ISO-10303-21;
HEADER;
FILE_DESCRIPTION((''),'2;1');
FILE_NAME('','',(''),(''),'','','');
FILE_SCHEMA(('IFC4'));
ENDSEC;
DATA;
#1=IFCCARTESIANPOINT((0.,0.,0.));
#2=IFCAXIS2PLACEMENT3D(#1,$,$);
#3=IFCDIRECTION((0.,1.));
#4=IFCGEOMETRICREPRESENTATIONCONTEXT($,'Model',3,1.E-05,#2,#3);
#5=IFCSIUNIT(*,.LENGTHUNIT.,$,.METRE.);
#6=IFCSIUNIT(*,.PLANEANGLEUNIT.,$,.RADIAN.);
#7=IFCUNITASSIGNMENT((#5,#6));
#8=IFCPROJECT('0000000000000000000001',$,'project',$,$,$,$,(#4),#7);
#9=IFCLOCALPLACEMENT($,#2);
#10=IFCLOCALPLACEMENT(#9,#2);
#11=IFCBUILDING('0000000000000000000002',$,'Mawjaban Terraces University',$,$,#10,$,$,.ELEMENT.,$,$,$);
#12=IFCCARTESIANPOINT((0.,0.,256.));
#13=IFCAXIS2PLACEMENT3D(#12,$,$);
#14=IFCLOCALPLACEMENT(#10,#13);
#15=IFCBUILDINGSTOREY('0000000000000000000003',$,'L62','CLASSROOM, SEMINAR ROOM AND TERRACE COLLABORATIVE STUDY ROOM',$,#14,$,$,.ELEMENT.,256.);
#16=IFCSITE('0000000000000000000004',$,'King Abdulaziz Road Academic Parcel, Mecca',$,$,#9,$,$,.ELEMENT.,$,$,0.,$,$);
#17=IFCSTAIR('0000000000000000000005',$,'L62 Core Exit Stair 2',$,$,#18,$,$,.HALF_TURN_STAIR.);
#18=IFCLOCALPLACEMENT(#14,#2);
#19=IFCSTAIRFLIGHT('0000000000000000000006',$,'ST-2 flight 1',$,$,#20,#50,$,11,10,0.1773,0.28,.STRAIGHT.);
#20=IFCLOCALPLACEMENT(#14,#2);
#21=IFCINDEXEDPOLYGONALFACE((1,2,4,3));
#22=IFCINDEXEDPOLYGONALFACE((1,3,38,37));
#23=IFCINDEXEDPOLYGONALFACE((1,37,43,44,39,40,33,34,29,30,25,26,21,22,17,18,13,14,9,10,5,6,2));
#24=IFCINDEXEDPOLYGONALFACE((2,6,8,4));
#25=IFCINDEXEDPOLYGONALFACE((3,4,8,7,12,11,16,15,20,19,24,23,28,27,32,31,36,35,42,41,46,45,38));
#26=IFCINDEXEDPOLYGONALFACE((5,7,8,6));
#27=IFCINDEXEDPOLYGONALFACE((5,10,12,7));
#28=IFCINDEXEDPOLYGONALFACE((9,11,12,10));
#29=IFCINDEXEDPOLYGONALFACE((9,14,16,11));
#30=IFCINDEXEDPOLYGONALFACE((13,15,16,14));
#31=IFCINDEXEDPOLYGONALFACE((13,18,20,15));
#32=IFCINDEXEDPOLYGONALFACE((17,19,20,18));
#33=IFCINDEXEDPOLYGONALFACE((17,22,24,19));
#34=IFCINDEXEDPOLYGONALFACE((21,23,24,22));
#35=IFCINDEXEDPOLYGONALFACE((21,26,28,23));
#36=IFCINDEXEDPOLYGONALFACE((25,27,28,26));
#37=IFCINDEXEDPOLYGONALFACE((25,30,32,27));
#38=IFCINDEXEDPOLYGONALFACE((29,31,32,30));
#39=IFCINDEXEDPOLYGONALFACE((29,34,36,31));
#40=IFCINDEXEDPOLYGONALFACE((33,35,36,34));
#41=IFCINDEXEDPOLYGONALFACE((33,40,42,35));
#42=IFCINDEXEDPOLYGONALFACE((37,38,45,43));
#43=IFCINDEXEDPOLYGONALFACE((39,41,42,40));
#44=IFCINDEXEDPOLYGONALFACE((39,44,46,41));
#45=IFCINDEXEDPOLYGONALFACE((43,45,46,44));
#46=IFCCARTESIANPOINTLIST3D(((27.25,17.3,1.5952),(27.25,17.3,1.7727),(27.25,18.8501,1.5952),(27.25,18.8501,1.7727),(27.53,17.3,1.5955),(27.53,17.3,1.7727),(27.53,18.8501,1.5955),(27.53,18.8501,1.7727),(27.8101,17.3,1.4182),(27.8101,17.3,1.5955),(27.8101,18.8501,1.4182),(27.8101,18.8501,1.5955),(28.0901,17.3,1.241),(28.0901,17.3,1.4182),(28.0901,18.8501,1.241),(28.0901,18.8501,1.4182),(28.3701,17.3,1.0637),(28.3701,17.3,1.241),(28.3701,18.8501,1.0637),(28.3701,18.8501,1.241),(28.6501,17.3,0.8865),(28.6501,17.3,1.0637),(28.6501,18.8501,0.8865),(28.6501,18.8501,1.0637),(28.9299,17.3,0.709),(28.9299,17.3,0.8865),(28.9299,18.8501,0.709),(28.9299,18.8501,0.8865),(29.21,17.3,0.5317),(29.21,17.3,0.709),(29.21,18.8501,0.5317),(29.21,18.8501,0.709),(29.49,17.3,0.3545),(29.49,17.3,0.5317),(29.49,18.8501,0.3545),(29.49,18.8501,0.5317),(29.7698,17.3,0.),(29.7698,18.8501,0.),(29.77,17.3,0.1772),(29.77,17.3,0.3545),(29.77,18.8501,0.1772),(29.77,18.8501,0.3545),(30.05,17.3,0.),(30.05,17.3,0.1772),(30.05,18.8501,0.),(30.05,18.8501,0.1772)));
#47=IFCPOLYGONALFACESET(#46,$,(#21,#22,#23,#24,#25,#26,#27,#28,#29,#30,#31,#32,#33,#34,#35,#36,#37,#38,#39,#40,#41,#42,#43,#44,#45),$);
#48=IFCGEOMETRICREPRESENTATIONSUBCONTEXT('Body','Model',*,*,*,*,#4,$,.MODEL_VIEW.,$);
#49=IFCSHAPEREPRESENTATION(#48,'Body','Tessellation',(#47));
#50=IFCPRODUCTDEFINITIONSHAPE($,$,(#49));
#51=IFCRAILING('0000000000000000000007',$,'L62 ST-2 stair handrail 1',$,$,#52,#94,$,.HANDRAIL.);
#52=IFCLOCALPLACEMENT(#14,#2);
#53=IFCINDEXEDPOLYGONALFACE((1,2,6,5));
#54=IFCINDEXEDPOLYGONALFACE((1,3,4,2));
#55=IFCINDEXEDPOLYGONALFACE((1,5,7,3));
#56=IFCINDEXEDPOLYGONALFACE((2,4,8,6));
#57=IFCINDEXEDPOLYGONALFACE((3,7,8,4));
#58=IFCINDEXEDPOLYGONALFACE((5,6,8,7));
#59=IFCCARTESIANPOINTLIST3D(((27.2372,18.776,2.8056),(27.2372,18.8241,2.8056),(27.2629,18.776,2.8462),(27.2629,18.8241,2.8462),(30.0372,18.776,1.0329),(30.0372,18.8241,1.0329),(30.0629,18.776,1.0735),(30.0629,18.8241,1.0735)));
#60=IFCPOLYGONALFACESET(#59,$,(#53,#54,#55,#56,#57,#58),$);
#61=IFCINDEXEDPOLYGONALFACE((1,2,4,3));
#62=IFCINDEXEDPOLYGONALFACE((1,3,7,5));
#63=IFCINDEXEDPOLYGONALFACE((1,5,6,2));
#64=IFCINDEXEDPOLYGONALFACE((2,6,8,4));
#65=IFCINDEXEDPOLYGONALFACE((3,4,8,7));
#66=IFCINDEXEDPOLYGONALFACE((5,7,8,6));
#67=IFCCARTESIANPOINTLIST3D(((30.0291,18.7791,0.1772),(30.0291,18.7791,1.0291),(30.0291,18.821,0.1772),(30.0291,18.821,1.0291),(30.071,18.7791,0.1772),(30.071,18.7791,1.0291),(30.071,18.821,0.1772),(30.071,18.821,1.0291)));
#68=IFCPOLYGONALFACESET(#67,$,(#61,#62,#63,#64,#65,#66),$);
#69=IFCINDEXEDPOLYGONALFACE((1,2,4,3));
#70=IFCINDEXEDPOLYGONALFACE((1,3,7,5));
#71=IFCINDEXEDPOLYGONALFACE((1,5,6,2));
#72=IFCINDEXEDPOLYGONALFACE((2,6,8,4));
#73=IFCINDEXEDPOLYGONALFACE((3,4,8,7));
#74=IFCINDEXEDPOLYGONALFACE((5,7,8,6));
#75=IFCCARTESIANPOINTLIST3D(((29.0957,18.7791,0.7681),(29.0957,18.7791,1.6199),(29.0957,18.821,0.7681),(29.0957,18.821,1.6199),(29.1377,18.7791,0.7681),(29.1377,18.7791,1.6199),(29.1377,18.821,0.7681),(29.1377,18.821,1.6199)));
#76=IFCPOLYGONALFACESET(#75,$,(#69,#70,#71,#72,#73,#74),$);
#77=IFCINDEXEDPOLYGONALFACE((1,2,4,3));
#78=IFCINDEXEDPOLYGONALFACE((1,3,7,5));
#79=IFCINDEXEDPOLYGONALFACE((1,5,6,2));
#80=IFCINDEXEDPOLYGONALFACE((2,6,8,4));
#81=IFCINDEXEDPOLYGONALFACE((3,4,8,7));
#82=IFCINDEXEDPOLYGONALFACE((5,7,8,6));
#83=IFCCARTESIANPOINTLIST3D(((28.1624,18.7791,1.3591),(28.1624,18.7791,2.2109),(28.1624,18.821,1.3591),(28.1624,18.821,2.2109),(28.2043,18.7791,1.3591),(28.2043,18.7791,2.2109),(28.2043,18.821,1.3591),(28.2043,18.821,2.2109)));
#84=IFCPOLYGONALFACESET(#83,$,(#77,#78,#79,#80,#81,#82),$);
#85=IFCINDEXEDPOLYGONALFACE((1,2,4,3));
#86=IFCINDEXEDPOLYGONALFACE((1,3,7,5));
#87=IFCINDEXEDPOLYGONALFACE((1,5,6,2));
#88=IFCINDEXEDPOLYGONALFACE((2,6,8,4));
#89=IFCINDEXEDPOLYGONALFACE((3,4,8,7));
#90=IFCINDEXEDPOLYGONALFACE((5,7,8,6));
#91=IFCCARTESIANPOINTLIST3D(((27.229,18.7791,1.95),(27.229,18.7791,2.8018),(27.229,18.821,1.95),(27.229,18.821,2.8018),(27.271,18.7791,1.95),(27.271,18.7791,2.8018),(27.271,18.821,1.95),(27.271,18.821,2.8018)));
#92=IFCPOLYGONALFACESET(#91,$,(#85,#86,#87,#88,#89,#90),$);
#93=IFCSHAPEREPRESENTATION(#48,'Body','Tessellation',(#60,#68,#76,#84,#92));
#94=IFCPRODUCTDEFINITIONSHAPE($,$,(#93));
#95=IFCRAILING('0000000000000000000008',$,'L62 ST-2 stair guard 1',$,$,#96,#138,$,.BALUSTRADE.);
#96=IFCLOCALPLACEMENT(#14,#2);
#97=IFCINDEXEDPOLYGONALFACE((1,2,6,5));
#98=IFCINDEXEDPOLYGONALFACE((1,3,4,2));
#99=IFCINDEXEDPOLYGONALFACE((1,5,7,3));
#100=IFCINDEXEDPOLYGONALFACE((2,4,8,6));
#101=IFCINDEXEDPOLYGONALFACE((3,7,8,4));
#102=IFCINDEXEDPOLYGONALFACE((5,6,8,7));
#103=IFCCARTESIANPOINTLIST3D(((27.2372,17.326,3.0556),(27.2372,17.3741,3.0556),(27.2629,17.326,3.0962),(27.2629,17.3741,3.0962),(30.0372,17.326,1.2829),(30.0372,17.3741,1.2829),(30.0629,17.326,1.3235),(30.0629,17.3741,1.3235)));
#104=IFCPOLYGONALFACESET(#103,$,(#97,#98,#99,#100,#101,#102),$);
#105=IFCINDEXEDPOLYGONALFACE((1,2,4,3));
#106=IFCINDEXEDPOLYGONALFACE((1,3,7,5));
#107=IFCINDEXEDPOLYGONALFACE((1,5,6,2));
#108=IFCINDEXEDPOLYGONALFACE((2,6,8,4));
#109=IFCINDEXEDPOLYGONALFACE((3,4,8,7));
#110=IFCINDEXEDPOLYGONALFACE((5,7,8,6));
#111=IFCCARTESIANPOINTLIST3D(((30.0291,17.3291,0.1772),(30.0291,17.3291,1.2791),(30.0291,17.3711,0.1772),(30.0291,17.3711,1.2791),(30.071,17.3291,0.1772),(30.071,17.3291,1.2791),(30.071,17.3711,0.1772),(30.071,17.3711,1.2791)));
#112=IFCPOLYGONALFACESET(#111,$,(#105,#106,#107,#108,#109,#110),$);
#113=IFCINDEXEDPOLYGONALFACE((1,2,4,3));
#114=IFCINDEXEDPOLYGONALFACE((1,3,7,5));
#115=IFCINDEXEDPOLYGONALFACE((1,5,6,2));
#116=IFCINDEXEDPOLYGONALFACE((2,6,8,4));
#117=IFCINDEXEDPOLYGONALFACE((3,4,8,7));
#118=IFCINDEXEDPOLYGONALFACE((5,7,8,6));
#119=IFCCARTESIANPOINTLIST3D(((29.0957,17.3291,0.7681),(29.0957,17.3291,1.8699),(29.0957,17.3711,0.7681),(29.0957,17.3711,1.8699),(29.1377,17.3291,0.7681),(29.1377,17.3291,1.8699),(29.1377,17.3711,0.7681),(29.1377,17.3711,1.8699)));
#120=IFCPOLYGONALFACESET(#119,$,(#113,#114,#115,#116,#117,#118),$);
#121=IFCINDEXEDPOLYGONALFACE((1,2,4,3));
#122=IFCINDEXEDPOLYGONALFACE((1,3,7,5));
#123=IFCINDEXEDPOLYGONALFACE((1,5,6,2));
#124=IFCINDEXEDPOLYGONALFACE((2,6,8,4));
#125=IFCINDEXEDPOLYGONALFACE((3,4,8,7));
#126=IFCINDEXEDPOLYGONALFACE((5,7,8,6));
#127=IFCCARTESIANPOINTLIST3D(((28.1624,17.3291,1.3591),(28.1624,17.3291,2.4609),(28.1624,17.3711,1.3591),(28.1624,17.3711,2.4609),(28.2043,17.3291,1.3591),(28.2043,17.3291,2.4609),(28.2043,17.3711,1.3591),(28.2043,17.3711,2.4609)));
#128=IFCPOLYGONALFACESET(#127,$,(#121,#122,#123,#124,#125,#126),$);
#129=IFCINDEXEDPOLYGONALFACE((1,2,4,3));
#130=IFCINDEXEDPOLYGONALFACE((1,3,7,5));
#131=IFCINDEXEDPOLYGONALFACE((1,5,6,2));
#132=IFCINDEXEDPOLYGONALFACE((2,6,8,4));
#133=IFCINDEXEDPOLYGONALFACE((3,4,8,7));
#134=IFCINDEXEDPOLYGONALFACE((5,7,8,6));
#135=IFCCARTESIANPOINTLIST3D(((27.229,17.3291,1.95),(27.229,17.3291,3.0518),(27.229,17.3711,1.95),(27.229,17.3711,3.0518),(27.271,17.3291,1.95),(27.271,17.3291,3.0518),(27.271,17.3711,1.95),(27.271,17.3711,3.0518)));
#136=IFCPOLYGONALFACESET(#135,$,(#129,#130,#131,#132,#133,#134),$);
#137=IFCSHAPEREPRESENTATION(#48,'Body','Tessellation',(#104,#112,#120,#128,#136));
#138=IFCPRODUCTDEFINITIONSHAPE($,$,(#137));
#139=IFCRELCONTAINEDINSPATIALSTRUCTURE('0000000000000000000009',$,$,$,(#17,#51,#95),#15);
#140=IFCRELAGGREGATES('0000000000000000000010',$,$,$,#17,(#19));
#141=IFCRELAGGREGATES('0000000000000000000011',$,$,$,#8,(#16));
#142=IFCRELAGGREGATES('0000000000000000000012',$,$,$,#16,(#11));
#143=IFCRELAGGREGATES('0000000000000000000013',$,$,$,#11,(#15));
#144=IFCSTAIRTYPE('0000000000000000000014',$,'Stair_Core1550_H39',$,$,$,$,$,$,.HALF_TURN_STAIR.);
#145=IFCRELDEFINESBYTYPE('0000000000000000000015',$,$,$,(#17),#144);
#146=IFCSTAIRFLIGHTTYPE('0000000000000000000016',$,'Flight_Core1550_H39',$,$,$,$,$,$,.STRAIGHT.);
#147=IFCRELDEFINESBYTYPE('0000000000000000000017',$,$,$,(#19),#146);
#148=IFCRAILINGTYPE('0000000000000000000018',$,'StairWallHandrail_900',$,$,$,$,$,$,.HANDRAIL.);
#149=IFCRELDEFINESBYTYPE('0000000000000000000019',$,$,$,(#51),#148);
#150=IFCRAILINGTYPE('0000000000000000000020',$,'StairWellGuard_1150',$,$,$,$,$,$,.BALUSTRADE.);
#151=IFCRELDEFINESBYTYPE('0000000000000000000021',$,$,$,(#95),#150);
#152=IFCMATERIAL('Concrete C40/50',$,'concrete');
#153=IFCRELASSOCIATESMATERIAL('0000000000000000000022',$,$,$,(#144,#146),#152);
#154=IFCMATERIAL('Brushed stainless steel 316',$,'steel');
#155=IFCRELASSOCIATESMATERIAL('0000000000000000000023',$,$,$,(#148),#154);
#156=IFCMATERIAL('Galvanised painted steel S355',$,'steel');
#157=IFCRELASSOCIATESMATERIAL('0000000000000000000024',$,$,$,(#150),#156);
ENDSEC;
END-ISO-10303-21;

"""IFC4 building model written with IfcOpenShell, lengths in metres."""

from ifc_helpers import new_model, si_unit, direction, frame, origin, origin_2d, place, context, subcontext, project, spatial, polyline, rectangle, outline, extrude, material, type_object, element, aggregate, save


model = new_model("IFC4")

# Units and contexts
model_context = context("Model", 3, precision=1e-05, world=origin(), true_north=direction((0.0, 1.0)))
body_context = subcontext(model_context, "Body", "Model", "MODEL_VIEW")
ifc_project = project(units=[si_unit("LENGTHUNIT", "METRE"), si_unit("PLANEANGLEUNIT", "RADIAN")], contexts=[model_context])

# Site, building, storey
site_placement = place(None, origin())
site = spatial("IfcSite", under=ifc_project, at=site_placement, Name="King Abdulaziz Road Academic Parcel, Mecca", CompositionType="ELEMENT", RefElevation=0.0)
building_placement = place(site_placement, origin())
building = spatial("IfcBuilding", under=site, at=building_placement, Name="Mawjaban Terraces University", CompositionType="ELEMENT")
storey_placement = place(building_placement, frame((0.0, 0.0, 256.0)))
storey = spatial("IfcBuildingStorey", under=building, at=storey_placement, Name="L62", Description="CLASSROOM, SEMINAR ROOM AND TERRACE COLLABORATIVE STUDY ROOM", CompositionType="ELEMENT", Elevation=256.0)

# Shared definitions
ifc_material_1 = material(Name="Concrete C40/50", Category="concrete")

# Stair, stair flight
stair_type = type_object("IfcStairType", Name="Stair_Core1550_H39", PredefinedType="HALF_TURN_STAIR", material=ifc_material_1)
stair_placement = place(storey_placement, origin())
stair = element("IfcStair", 1, at=stair_placement, inside=storey, type_object=stair_type, Name="L62 Core Exit Stair 2", PredefinedType="HALF_TURN_STAIR")
stair_flight_type = type_object("IfcStairFlightType", Name="Flight_Core1550_H39", PredefinedType="STRAIGHT", material=ifc_material_1)
stair_flight_placement = place(storey_placement, frame((30.05, 18.075, 0.0), z_axis=(0.0, 0.0, 1.0), x_axis=(-1.0, 0.0, 0.0)))
stair_flight = element("IfcStairFlight", 2, at=stair_flight_placement, type_object=stair_flight_type, Name="ST-2 flight 1", NumberOfRisers=11, NumberOfTreads=10, PredefinedType="STRAIGHT", RiserHeight=0.1773, TreadLength=0.28, context=body_context, shape_type="SweptSolid", body=[
    extrude(outline(polyline([(0.0, 0.0), (0.0, 0.1772), (0.28, 0.1772), (0.28, 0.3545), (0.5601, 0.3545), (0.5601, 0.5317), (0.8401, 0.5317), (0.8401, 0.709), (1.1201, 0.709), (1.1201, 0.8865), (1.3999, 0.8865), (1.3999, 1.0637), (1.6799, 1.0637), (1.6799, 1.241), (1.96, 1.241), (1.96, 1.4182), (2.24, 1.4182), (2.24, 1.5955), (2.52, 1.5955), (2.52, 1.7727), (2.8, 1.7727), (2.8, 1.95), (2.8, 1.5952), (0.2803, 0.0), (0.0, 0.0)])), frame((0.0, 0.7749, 0.0), z_axis=(0.0, -1.0, 0.0), x_axis=(1.0, 0.0, 0.0)), (0.0, 0.0, 1.0), 1.55),
])
aggregate(stair, [stair_flight])

# Railings
ifc_material_2 = material(Name="Brushed stainless steel 316", Category="steel")
railing_type_1 = type_object("IfcRailingType", Name="StairWallHandrail_900", PredefinedType="HANDRAIL", material=ifc_material_2)
railing_1_placement = place(storey_placement, frame((30.05, 18.8, 0.1772)))
element("IfcRailing", 3, at=railing_1_placement, inside=storey, type_object=railing_type_1, Name="L62 ST-2 stair handrail 1", PredefinedType="HANDRAIL", context=body_context, shape_type="SweptSolid", body=[
    extrude(rectangle(XDim=0.0481, YDim=0.0481, at=origin_2d()), frame((0.0, 0.0, 0.876), z_axis=(-0.844909, 0.0, 0.53491), x_axis=(0.0, -1.0, 0.0)), (0.0, 0.0, 1.0), 3.314),
    extrude(rectangle(XDim=0.042, YDim=0.042, at=origin_2d()), origin(), (0.0, 0.0, 1.0), 0.8518),
    extrude(rectangle(XDim=0.042, YDim=0.042, at=origin_2d()), frame((-0.9333, 0.0, 0.5908)), (0.0, 0.0, 1.0), 0.8518),
    extrude(rectangle(XDim=0.042, YDim=0.042, at=origin_2d()), frame((-1.8667, 0.0, 1.1819)), (0.0, 0.0, 1.0), 0.8518),
    extrude(rectangle(XDim=0.042, YDim=0.042, at=origin_2d()), frame((-2.8, 0.0, 1.7727)), (0.0, 0.0, 1.0), 0.8518),
])
ifc_material_3 = material(Name="Galvanised painted steel S355", Category="steel")
railing_type_2 = type_object("IfcRailingType", Name="StairWellGuard_1150", PredefinedType="BALUSTRADE", material=ifc_material_3)
railing_2_placement = place(storey_placement, frame((30.05, 17.3501, 0.1772)))
element("IfcRailing", 4, at=railing_2_placement, inside=storey, type_object=railing_type_2, Name="L62 ST-2 stair guard 1", PredefinedType="BALUSTRADE", context=body_context, shape_type="SweptSolid", body=[
    extrude(rectangle(XDim=0.0481, YDim=0.0481, at=origin_2d()), frame((0.0, 0.0, 1.126), z_axis=(-0.844909, 0.0, 0.53491), x_axis=(0.0, -1.0, 0.0)), (0.0, 0.0, 1.0), 3.314),
    extrude(rectangle(XDim=0.042, YDim=0.042, at=origin_2d()), origin(), (0.0, 0.0, 1.0), 1.1018),
    extrude(rectangle(XDim=0.042, YDim=0.042, at=origin_2d()), frame((-0.9333, 0.0, 0.5908)), (0.0, 0.0, 1.0), 1.1018),
    extrude(rectangle(XDim=0.042, YDim=0.042, at=origin_2d()), frame((-1.8667, 0.0, 1.1819)), (0.0, 0.0, 1.0), 1.1018),
    extrude(rectangle(XDim=0.042, YDim=0.042, at=origin_2d()), frame((-2.8, 0.0, 1.7727)), (0.0, 0.0, 1.0), 1.1018),
])

save(model, "model.ifc")
